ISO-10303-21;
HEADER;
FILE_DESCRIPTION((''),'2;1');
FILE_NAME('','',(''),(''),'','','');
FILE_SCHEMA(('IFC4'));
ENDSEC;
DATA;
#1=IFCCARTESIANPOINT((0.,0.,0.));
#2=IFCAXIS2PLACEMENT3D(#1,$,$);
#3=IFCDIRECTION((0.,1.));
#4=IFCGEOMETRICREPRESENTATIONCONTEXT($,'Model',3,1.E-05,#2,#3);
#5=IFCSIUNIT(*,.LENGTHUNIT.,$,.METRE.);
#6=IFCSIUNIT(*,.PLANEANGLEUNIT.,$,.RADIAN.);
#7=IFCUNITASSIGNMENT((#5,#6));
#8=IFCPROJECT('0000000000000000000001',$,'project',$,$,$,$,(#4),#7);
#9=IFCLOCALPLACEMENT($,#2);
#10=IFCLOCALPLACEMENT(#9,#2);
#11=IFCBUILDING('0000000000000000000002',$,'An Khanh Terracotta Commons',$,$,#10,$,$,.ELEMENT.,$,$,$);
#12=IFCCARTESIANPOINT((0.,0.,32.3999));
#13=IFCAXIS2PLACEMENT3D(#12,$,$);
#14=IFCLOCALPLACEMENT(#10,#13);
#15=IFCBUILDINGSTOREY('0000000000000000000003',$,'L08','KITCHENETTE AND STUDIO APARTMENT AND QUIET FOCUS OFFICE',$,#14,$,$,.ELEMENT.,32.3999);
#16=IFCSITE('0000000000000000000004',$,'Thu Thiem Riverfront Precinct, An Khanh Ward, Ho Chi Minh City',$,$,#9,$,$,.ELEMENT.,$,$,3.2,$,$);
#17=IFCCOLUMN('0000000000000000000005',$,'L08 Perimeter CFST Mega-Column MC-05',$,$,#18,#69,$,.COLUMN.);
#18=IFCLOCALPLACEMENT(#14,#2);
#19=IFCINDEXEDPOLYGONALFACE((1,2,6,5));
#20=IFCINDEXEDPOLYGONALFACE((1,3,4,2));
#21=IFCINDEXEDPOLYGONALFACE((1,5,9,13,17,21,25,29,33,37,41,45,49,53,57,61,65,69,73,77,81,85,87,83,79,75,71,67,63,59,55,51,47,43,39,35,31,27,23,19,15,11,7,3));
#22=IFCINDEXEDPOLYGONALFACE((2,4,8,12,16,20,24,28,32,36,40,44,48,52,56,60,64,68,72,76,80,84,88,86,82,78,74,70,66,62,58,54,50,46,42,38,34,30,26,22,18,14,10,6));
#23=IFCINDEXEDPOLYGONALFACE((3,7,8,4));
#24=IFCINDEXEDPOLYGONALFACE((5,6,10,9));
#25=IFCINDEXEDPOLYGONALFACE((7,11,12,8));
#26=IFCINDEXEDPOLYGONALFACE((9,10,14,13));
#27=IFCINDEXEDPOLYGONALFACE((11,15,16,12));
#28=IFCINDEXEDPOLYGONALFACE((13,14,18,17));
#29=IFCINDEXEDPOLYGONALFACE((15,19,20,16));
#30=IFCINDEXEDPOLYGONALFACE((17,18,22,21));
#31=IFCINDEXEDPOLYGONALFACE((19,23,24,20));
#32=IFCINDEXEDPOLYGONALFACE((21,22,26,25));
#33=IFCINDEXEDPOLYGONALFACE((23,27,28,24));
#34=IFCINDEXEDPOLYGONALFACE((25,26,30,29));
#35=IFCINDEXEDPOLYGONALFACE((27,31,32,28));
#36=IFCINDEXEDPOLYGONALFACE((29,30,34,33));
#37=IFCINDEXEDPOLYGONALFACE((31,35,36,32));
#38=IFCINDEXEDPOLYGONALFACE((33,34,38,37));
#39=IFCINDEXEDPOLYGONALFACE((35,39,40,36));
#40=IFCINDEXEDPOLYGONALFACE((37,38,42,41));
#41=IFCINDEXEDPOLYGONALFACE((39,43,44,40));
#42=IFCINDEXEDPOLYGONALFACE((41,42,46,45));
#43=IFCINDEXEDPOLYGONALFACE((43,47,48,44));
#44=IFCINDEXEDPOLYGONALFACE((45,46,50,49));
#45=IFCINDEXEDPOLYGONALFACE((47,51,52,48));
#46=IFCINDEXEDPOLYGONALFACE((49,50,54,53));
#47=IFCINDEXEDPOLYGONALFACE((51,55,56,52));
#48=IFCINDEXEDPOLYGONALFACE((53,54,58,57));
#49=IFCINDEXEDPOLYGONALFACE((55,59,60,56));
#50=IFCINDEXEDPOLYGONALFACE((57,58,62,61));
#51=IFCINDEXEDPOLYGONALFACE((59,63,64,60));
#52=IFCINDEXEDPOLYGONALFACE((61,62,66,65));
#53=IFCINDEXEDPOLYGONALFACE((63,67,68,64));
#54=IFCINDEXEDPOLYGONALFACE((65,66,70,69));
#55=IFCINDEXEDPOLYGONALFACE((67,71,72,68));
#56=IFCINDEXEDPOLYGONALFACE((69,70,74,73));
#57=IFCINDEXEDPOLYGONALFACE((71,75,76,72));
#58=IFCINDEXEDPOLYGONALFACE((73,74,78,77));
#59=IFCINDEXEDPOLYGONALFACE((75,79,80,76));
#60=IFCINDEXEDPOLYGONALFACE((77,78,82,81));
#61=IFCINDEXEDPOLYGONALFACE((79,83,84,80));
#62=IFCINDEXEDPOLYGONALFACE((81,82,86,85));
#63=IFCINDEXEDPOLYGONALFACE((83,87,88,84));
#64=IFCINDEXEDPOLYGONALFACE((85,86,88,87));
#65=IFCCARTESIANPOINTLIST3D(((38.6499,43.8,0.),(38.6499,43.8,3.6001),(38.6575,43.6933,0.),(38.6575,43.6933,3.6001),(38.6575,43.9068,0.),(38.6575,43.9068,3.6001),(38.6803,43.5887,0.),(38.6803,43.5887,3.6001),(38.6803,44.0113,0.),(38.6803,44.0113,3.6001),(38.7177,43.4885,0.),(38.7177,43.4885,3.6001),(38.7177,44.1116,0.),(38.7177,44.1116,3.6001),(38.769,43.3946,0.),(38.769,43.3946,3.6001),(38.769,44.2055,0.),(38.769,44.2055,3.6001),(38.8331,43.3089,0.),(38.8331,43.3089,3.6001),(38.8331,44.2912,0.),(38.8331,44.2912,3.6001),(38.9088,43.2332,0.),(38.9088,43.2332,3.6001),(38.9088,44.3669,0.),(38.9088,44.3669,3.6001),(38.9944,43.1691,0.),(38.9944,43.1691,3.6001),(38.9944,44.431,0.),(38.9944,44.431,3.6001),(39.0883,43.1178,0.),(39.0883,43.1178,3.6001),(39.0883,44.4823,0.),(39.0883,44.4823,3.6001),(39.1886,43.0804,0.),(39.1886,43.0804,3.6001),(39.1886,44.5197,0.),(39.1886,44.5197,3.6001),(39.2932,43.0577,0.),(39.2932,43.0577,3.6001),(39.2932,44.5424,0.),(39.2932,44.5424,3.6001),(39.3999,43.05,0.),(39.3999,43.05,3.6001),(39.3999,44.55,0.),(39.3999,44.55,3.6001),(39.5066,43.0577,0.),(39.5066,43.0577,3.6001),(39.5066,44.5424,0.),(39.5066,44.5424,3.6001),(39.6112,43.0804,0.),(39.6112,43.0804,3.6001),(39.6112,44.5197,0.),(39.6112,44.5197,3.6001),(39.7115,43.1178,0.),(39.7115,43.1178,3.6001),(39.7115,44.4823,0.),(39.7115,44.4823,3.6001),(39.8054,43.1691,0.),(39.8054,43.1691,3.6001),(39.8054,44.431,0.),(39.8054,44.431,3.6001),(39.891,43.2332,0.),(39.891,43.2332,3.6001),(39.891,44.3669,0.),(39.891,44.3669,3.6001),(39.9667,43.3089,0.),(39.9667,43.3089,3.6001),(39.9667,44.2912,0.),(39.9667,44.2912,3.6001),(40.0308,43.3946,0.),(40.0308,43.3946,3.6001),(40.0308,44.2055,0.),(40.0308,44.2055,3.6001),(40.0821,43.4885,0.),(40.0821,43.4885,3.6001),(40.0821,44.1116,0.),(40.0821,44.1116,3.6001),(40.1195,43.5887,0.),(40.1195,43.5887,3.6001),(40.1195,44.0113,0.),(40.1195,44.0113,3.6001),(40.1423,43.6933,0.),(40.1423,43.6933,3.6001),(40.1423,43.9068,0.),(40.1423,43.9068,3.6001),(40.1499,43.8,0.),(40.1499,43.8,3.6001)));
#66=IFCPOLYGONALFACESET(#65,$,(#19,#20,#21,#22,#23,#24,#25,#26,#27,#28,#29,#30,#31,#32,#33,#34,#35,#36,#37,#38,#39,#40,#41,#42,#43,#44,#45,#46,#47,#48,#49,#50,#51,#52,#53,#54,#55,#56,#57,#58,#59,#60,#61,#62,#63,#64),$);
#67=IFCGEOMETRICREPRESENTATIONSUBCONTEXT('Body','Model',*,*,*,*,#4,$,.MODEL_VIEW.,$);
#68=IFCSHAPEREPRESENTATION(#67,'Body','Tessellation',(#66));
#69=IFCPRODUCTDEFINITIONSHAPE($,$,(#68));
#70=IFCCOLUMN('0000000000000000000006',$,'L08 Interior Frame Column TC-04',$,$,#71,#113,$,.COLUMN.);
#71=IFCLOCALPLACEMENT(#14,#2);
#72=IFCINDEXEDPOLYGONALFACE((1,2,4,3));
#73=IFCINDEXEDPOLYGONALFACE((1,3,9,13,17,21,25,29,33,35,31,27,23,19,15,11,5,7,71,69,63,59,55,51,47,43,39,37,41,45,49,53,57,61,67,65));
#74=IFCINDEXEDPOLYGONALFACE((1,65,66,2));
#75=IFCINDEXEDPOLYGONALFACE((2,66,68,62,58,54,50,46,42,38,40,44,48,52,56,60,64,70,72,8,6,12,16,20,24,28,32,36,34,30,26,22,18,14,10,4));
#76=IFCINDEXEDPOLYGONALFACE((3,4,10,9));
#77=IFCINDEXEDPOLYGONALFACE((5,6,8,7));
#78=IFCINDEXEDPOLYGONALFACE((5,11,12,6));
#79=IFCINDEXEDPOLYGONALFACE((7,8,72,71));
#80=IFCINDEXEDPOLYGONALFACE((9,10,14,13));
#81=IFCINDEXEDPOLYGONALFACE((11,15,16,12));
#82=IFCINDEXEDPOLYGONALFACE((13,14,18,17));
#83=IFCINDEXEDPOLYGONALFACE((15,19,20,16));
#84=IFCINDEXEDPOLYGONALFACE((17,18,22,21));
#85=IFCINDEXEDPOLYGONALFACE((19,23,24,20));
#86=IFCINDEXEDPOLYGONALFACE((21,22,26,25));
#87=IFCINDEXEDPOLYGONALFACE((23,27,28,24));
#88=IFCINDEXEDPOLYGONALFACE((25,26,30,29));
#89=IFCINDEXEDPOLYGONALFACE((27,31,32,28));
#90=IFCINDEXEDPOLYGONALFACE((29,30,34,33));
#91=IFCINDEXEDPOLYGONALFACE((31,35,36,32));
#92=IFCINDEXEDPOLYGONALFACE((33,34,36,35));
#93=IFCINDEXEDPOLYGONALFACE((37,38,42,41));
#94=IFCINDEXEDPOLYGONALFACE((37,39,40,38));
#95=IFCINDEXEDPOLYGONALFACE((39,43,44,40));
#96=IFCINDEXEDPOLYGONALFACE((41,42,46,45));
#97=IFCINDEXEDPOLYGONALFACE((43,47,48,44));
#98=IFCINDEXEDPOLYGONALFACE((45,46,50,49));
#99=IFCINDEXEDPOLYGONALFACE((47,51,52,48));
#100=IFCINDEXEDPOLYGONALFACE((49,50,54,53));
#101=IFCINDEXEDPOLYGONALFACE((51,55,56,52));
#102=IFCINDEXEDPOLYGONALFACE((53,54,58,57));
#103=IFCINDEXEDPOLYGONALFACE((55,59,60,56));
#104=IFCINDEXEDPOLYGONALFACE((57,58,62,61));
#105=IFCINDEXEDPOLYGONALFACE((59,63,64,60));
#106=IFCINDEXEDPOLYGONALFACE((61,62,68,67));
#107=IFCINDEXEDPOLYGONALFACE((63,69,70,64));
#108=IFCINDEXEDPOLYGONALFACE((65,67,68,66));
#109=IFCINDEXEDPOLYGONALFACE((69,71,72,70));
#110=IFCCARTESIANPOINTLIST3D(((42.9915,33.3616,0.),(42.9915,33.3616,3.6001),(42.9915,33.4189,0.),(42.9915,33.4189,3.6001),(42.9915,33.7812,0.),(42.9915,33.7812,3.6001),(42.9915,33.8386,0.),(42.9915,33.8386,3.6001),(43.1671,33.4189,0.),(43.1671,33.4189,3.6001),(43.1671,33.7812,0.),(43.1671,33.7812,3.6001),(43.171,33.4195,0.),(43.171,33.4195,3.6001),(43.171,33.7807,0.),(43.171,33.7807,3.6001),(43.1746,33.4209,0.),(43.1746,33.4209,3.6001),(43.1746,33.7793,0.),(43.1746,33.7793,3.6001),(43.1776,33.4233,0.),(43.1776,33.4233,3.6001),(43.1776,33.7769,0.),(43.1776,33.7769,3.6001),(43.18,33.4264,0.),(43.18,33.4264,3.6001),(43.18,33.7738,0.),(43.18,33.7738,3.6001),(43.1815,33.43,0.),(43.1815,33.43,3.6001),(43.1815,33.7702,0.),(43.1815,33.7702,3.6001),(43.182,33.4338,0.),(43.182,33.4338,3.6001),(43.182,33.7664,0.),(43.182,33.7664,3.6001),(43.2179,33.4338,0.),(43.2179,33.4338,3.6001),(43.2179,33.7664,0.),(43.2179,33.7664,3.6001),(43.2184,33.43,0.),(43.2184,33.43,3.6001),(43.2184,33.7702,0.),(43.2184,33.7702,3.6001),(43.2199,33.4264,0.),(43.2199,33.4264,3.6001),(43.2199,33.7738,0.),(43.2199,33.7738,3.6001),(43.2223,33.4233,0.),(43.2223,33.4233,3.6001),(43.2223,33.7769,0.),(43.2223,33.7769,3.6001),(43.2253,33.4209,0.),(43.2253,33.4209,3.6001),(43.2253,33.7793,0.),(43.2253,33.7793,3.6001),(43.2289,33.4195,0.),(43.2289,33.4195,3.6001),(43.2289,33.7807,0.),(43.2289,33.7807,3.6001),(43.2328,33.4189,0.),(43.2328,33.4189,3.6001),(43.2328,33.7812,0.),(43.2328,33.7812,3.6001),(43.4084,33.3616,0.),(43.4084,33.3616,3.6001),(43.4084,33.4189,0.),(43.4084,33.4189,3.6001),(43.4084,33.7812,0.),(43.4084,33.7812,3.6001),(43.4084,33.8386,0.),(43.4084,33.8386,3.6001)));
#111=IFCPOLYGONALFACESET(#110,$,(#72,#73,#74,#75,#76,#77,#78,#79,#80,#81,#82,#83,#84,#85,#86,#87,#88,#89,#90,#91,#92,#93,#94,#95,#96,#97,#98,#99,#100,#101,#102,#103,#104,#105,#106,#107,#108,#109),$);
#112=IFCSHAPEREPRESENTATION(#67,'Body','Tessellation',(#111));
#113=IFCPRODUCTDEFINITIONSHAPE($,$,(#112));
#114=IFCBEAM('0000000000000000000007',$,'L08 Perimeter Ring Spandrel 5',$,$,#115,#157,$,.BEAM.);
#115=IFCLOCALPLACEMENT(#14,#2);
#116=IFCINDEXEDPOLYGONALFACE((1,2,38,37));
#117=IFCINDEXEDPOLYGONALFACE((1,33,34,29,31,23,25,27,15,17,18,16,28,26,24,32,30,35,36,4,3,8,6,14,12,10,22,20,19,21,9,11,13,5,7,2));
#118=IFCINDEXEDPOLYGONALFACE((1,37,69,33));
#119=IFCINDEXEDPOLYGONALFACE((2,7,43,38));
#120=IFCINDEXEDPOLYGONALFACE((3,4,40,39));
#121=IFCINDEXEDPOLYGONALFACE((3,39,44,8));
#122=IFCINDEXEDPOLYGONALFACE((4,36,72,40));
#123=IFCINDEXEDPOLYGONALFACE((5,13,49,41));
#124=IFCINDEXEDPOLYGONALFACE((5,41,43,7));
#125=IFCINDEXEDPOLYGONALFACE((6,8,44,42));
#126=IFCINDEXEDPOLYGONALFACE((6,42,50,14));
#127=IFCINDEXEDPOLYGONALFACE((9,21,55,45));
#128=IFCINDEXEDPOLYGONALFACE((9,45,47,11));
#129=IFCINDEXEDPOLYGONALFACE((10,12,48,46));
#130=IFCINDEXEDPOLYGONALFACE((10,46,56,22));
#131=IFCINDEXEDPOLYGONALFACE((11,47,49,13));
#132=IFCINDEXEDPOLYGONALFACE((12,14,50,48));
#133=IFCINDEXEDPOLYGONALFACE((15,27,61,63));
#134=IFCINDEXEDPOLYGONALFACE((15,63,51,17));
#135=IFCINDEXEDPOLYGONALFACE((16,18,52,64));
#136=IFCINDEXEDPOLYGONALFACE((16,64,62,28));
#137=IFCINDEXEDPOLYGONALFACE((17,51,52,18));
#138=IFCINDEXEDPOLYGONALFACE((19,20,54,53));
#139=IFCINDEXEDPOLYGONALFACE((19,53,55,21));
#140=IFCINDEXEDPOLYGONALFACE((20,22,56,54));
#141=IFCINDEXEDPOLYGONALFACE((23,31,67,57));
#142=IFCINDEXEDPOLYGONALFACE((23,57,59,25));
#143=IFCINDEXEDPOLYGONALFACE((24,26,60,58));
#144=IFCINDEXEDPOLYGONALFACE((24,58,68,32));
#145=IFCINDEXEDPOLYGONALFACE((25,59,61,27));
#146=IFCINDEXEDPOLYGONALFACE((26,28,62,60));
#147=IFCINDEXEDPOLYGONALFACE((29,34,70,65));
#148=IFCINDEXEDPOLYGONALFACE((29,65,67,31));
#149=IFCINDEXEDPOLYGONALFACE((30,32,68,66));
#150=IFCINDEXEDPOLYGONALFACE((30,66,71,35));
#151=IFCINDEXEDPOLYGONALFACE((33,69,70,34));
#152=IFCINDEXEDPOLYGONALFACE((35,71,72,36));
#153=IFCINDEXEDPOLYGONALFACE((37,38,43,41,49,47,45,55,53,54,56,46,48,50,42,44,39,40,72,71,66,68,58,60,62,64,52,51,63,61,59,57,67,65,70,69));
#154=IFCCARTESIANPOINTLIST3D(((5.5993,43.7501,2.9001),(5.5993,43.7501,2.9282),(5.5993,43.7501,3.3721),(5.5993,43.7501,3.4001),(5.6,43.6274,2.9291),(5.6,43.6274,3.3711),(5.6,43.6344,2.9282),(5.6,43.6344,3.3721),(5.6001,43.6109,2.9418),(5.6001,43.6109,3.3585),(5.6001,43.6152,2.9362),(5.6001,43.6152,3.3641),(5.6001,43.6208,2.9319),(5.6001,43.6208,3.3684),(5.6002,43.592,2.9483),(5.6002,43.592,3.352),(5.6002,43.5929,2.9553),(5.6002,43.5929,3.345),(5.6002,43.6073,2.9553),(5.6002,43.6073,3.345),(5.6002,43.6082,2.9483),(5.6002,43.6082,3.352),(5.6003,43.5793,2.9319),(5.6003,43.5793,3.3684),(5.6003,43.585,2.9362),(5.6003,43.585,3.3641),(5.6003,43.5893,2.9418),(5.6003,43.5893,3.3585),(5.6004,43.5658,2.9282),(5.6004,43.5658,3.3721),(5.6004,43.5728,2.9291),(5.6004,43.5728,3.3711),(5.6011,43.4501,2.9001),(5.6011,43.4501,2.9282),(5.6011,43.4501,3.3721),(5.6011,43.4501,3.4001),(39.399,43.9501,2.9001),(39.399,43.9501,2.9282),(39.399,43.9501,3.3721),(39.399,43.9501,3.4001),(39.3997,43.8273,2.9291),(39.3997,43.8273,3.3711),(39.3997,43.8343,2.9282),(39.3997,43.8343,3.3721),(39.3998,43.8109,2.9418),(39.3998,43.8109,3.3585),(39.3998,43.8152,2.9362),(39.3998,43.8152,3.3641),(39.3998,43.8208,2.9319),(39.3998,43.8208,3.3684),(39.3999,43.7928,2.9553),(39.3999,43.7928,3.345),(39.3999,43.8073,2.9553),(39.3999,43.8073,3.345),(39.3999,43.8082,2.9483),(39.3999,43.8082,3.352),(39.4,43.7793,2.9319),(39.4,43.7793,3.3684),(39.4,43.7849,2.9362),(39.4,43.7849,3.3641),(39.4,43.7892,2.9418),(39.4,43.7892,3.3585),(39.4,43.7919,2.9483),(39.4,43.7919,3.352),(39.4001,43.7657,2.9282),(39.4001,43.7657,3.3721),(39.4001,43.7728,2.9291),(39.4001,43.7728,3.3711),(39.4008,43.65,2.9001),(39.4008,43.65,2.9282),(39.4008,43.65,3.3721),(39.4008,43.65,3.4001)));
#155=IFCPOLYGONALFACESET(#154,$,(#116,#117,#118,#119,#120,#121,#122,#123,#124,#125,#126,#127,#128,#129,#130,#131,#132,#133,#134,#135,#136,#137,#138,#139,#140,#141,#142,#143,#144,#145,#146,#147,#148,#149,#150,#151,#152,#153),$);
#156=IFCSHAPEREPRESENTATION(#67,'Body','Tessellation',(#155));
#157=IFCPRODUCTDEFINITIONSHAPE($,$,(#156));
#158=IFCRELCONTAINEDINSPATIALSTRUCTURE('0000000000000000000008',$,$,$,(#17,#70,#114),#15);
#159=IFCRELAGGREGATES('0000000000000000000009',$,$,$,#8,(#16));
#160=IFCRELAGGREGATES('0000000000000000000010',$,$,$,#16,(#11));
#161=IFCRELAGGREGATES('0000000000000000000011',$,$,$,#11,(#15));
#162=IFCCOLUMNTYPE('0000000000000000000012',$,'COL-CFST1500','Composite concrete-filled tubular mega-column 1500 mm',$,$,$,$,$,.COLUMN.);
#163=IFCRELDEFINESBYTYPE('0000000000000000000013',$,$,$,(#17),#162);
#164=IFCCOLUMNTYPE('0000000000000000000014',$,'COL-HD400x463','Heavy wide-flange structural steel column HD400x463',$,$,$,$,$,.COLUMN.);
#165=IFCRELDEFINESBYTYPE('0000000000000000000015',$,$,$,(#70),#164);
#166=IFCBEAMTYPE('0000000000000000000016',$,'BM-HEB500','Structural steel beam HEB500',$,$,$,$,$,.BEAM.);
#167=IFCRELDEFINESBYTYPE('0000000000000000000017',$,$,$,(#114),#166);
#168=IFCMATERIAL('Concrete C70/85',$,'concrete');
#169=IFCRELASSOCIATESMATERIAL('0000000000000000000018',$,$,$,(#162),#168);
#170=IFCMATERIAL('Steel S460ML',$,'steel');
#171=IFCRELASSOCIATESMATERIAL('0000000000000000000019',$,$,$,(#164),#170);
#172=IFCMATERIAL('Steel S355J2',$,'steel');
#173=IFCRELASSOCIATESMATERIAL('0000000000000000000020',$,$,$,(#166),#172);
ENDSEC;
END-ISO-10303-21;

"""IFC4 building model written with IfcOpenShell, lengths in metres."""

from ifc_helpers import new_model, si_unit, direction, frame, origin, origin_2d, place, context, subcontext, project, spatial, circle, i_section, extrude, material, material_profile, profile_set, type_object, element, save


model = new_model("IFC4")

# Units and contexts
model_context = context("Model", 3, precision=1e-05, world=origin(), true_north=direction((0.0, 1.0)))
body_context = subcontext(model_context, "Body", "Model", "MODEL_VIEW")
ifc_project = project(units=[si_unit("LENGTHUNIT", "METRE"), si_unit("PLANEANGLEUNIT", "RADIAN")], contexts=[model_context])

# Site, building, storey
site_placement = place(None, origin())
site = spatial("IfcSite", under=ifc_project, at=site_placement, Name="Thu Thiem Riverfront Precinct, An Khanh Ward, Ho Chi Minh City", CompositionType="ELEMENT", RefElevation=3.2)
building_placement = place(site_placement, origin())
building = spatial("IfcBuilding", under=site, at=building_placement, Name="An Khanh Terracotta Commons", CompositionType="ELEMENT")
storey_placement = place(building_placement, frame((0.0, 0.0, 32.3999)))
storey = spatial("IfcBuildingStorey", under=building, at=storey_placement, Name="L08", Description="KITCHENETTE AND STUDIO APARTMENT AND QUIET FOCUS OFFICE", CompositionType="ELEMENT", Elevation=32.3999)

# Columns
ifc_material_1 = material(Name="Concrete C70/85", Category="concrete")
ifc_material_profile_1 = material_profile(ifc_material_1, circle(Radius=0.75, at=origin_2d()), Name="CFST1500")
ifc_profile_set_1 = profile_set([ifc_material_profile_1], Name="Concrete C70/85")
column_type_1 = type_object("IfcColumnType", Name="COL-CFST1500", Description="Composite concrete-filled tubular mega-column 1500 mm", PredefinedType="COLUMN", material=ifc_profile_set_1)
column_1_placement = place(storey_placement, frame((39.3999, 43.8, 0.0), z_axis=(0.0, 0.0, 1.0), x_axis=(1.0, 0.0, 0.0)))
element("IfcColumn", 1, at=column_1_placement, inside=storey, type_object=column_type_1, Name="L08 Perimeter CFST Mega-Column MC-05", PredefinedType="COLUMN", context=body_context, shape_type="SweptSolid", body=[
    extrude(circle(Radius=0.75, at=origin_2d()), origin(), (0.0, 0.0, 1.0), 3.6001),
])
ifc_material_2 = material(Name="Steel S460ML", Category="steel")
ifc_material_profile_2 = material_profile(ifc_material_2, i_section(OverallWidth=0.417, OverallDepth=0.4771, WebThickness=0.0359, FlangeThickness=0.0574, FilletRadius=0.0149, at=origin_2d()), Name="HD400x463")
ifc_profile_set_2 = profile_set([ifc_material_profile_2], Name="Steel S460ML")
column_type_2 = type_object("IfcColumnType", Name="COL-HD400x463", Description="Heavy wide-flange structural steel column HD400x463", PredefinedType="COLUMN", material=ifc_profile_set_2)
column_2_placement = place(storey_placement, frame((43.2, 33.6001, 0.0), z_axis=(0.0, 0.0, 1.0), x_axis=(1.0, 0.0, 0.0)))
element("IfcColumn", 2, at=column_2_placement, inside=storey, type_object=column_type_2, Name="L08 Interior Frame Column TC-04", PredefinedType="COLUMN", context=body_context, shape_type="SweptSolid", body=[
    extrude(i_section(OverallWidth=0.417, OverallDepth=0.4771, WebThickness=0.0359, FlangeThickness=0.0574, FilletRadius=0.0149, at=origin_2d()), origin(), (0.0, 0.0, 1.0), 3.6001),
])

# Beam
ifc_material_3 = material(Name="Steel S355J2", Category="steel")
ifc_material_profile_3 = material_profile(ifc_material_3, i_section(OverallWidth=0.3, OverallDepth=0.5, WebThickness=0.0144, FlangeThickness=0.0281, FilletRadius=0.0271, at=origin_2d()), Name="HEB500")
ifc_profile_set_3 = profile_set([ifc_material_profile_3], Name="Steel S355J2")
beam_type_1 = type_object("IfcBeamType", Name="BM-HEB500", Description="Structural steel beam HEB500", PredefinedType="BEAM", material=ifc_profile_set_3)
beam_1_placement = place(storey_placement, frame((39.3999, 43.8, 3.1501), z_axis=(-0.999983, -0.005916, 0.0), x_axis=(0.005916, -0.999983, 0.0)))
element("IfcBeam", 3, at=beam_1_placement, inside=storey, type_object=beam_type_1, Name="L08 Perimeter Ring Spandrel 5", PredefinedType="BEAM", context=body_context, shape_type="SweptSolid", body=[
    extrude(i_section(OverallWidth=0.3, OverallDepth=0.5, WebThickness=0.0144, FlangeThickness=0.0281, FilletRadius=0.0271, at=origin_2d()), origin(), (0.0, 0.0, 1.0), 33.8003),
])

save(model, "model.ifc")
